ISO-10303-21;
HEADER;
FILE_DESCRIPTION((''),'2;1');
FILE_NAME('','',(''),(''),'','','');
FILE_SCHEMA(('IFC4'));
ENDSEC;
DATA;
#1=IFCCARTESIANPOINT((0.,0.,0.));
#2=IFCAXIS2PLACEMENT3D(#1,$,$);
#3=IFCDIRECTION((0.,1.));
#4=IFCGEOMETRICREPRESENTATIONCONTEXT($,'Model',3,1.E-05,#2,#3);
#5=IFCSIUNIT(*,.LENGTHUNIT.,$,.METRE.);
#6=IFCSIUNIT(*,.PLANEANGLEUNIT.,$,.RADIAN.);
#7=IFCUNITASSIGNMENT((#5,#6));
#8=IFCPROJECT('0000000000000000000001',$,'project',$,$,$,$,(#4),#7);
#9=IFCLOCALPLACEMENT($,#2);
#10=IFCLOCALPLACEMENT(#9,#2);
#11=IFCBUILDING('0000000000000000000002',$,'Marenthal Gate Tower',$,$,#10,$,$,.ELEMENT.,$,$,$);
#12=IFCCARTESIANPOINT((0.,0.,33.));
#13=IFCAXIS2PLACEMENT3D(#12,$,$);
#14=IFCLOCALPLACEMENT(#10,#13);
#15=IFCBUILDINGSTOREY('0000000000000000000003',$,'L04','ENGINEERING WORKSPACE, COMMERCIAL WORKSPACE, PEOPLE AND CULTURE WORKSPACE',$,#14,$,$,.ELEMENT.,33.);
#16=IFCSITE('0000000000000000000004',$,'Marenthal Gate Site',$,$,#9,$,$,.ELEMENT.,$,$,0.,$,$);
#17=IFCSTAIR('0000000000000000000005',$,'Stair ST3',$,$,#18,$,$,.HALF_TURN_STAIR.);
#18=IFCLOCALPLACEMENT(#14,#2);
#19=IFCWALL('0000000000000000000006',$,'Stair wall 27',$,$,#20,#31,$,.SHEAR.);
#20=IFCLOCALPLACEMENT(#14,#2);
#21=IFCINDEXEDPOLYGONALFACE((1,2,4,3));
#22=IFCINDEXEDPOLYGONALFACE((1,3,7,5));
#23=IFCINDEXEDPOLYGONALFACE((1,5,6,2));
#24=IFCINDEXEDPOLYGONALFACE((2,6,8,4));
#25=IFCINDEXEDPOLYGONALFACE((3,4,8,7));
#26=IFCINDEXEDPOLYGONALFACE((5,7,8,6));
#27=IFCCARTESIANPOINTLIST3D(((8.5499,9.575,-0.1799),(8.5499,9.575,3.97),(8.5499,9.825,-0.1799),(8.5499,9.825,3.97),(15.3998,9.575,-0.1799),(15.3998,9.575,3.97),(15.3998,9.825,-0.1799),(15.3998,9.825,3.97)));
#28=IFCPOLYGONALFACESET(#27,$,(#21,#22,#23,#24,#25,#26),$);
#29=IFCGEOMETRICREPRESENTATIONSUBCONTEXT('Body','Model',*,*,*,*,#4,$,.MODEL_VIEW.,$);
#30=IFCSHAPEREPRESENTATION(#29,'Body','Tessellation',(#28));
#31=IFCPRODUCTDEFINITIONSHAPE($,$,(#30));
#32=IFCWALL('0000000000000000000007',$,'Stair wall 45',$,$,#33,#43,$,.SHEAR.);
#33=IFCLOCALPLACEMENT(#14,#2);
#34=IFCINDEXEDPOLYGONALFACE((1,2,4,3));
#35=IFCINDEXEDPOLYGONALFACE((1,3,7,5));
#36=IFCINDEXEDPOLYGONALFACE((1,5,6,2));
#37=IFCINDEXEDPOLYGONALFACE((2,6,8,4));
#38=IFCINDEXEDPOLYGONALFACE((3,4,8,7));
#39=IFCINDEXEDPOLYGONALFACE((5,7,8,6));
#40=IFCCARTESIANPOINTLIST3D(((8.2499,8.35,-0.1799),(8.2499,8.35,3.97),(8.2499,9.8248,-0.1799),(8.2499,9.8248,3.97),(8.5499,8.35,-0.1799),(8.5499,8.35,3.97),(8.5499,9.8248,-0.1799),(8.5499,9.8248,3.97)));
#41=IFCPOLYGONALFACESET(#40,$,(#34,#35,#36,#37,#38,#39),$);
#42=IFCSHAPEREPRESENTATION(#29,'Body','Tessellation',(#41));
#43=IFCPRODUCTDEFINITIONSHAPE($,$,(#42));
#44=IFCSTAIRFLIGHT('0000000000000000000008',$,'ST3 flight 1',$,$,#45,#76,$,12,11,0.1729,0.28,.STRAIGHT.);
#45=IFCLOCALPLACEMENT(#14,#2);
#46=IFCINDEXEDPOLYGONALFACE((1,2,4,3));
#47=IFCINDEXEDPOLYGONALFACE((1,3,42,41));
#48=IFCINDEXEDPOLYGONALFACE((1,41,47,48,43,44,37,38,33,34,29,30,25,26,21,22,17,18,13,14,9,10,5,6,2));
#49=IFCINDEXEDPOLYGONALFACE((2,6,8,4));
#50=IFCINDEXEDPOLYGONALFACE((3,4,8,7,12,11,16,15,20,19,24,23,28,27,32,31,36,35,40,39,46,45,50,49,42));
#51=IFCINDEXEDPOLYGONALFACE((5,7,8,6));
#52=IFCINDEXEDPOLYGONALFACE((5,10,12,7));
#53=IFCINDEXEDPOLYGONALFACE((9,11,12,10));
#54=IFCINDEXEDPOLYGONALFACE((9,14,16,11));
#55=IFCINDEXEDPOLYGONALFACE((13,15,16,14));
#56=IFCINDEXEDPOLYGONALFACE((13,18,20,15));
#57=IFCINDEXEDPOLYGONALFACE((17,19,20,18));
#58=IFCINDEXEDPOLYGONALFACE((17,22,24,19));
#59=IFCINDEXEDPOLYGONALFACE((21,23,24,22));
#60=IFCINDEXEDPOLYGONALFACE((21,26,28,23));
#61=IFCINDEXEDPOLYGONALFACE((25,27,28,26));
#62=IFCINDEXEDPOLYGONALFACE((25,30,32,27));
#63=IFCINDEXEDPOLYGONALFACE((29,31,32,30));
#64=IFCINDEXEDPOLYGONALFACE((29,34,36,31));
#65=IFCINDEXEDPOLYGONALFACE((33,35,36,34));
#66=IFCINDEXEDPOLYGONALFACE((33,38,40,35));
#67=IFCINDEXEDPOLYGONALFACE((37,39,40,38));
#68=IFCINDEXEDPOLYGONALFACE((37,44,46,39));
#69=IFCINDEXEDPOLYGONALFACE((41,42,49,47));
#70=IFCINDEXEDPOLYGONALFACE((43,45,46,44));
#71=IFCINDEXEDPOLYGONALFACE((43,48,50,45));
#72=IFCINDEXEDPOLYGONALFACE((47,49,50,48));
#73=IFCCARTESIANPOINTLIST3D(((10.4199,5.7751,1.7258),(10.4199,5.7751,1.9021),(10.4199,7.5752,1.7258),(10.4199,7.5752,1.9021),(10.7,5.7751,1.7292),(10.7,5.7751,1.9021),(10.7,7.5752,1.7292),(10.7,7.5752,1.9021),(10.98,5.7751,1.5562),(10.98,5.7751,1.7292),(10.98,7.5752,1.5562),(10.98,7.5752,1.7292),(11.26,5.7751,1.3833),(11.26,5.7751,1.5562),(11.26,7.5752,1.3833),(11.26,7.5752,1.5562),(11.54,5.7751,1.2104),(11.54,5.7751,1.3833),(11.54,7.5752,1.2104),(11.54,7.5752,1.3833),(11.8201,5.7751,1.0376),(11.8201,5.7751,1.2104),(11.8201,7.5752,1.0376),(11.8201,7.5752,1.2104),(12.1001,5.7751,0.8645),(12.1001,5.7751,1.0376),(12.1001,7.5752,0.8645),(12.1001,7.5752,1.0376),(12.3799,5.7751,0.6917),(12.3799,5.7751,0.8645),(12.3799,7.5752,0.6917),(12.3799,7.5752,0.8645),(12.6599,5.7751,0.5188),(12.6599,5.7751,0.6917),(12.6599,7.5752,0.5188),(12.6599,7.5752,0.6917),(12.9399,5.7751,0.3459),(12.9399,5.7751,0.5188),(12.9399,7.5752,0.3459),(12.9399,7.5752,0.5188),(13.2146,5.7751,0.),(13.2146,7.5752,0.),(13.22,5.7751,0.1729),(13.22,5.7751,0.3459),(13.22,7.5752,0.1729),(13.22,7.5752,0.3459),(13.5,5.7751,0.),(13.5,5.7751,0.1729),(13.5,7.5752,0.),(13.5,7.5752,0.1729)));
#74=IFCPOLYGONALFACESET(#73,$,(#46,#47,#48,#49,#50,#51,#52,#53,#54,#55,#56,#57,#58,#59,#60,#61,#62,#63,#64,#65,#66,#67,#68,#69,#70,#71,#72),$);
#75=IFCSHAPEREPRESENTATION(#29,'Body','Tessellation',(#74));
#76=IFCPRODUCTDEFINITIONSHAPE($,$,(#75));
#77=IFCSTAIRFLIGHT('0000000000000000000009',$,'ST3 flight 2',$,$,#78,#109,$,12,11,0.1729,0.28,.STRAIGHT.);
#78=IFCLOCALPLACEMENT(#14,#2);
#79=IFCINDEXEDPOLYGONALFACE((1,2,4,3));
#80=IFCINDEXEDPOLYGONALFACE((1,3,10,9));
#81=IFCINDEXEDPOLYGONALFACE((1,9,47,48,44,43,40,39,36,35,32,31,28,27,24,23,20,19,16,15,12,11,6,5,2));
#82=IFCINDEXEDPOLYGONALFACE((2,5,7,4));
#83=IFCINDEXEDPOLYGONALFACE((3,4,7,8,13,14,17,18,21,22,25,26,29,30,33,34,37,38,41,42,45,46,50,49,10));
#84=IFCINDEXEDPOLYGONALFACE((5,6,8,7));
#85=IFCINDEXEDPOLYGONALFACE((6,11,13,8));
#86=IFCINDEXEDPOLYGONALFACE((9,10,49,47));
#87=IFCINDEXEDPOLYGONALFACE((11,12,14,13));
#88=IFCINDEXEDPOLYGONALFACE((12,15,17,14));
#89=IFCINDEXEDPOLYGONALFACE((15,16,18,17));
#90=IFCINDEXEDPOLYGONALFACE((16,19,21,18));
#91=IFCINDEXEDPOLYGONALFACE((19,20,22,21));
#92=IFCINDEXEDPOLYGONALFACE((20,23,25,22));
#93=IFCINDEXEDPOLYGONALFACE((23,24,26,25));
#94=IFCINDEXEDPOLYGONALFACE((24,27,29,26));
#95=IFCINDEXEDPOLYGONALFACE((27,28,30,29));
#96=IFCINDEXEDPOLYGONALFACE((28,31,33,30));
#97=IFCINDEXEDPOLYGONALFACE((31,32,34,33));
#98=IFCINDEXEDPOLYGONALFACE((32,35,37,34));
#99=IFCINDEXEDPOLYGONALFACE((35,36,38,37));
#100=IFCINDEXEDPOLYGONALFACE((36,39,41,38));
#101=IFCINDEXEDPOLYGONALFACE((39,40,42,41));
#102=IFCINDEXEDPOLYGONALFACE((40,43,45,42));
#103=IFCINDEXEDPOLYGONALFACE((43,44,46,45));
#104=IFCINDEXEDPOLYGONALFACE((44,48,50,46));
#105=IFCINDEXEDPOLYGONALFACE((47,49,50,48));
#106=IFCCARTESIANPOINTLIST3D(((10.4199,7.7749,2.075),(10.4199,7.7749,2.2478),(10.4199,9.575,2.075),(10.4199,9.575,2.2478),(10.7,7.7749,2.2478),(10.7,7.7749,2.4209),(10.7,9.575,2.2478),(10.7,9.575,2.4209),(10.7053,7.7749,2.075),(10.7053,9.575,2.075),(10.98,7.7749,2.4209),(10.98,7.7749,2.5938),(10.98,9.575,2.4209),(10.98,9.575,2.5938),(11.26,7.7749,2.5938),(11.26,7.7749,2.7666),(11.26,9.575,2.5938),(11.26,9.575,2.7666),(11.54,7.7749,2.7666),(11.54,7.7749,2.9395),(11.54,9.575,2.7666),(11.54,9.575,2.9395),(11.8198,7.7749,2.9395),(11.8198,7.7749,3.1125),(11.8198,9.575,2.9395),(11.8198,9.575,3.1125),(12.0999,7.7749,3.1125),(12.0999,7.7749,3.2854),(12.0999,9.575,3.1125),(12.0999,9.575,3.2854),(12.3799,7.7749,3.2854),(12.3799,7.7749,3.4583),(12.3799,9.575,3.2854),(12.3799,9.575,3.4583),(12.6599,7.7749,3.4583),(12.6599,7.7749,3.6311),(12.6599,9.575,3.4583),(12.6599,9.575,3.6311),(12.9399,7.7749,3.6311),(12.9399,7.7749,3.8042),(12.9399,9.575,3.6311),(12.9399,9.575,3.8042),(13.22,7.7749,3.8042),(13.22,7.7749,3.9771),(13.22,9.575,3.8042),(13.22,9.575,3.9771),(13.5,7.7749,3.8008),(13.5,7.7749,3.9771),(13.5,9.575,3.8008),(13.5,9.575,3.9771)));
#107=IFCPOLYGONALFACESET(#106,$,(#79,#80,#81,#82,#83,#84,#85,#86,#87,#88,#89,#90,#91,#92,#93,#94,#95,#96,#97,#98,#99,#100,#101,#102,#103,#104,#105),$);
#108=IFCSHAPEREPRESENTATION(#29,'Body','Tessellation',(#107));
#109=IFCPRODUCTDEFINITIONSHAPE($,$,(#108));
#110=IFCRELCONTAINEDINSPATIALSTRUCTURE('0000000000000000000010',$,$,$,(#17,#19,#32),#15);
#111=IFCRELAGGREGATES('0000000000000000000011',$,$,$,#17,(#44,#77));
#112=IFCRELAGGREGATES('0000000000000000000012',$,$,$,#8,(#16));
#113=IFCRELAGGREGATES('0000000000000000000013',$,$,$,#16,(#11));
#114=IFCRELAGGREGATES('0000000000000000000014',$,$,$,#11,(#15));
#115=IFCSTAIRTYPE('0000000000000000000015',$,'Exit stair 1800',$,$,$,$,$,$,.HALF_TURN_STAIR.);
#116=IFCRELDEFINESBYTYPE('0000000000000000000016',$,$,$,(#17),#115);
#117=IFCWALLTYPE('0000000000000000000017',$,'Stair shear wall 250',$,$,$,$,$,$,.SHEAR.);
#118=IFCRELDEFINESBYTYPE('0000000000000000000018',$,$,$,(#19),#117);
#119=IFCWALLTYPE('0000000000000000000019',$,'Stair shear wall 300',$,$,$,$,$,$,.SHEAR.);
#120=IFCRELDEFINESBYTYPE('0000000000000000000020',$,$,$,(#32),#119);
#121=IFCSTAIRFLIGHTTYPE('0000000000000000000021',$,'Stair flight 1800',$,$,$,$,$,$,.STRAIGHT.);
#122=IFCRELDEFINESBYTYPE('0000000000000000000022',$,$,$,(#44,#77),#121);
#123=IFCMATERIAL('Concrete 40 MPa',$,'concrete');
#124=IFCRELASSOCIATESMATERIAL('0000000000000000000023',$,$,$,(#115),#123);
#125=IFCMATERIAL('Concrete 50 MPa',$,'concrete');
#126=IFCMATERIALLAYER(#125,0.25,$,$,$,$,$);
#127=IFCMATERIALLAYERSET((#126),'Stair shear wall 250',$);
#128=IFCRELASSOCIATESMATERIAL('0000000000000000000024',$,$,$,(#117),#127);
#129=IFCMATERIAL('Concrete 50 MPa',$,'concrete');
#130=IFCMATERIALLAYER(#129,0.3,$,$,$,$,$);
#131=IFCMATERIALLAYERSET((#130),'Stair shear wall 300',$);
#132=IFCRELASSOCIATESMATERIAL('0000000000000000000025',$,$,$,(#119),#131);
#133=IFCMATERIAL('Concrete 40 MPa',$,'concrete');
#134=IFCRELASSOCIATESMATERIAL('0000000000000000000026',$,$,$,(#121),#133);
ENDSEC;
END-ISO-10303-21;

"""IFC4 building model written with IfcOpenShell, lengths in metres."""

from ifc_helpers import new_model, si_unit, direction, frame, frame_2d, origin, place, context, subcontext, project, spatial, polyline, rectangle, outline, extrude, material, layer, layer_set, type_object, element, aggregate, save


model = new_model("IFC4")

# Units and contexts
model_context = context("Model", 3, precision=1e-05, world=origin(), true_north=direction((0.0, 1.0)))
body_context = subcontext(model_context, "Body", "Model", "MODEL_VIEW")
ifc_project = project(units=[si_unit("LENGTHUNIT", "METRE"), si_unit("PLANEANGLEUNIT", "RADIAN")], contexts=[model_context])

# Site, building, storey
site_placement = place(None, origin())
site = spatial("IfcSite", under=ifc_project, at=site_placement, Name="Marenthal Gate Site", CompositionType="ELEMENT", RefElevation=0.0)
building_placement = place(site_placement, origin())
building = spatial("IfcBuilding", under=site, at=building_placement, Name="Marenthal Gate Tower", CompositionType="ELEMENT")
storey_placement = place(building_placement, frame((0.0, 0.0, 33.0)))
storey = spatial("IfcBuildingStorey", under=building, at=storey_placement, Name="L04", Description="ENGINEERING WORKSPACE, COMMERCIAL WORKSPACE, PEOPLE AND CULTURE WORKSPACE", CompositionType="ELEMENT", Elevation=33.0)

# Stair
ifc_material_1 = material(Name="Concrete 40 MPa", Category="concrete")
stair_type = type_object("IfcStairType", Name="Exit stair 1800", PredefinedType="HALF_TURN_STAIR", material=ifc_material_1)
stair_1_placement = place(storey_placement, origin())
stair_1 = element("IfcStair", 1, at=stair_1_placement, inside=storey, type_object=stair_type, Name="Stair ST3", PredefinedType="HALF_TURN_STAIR")

# Shared definitions
ifc_material_2 = material(Name="Concrete 50 MPa", Category="concrete")
ifc_layer_1 = layer(ifc_material_2, 0.25)
ifc_layer_set_1 = layer_set([ifc_layer_1], Name="Stair shear wall 250")
wall_type_1 = type_object("IfcWallType", Name="Stair shear wall 250", PredefinedType="SHEAR", material=ifc_layer_set_1)

# Walls
wall_1_placement = place(storey_placement, frame((8.55, 9.7, -0.1799), z_axis=(0.0, 0.0, 1.0), x_axis=(1.0, 0.0, 0.0)))
element("IfcWall", 2, at=wall_1_placement, inside=storey, type_object=wall_type_1, Name="Stair wall 27", PredefinedType="SHEAR", context=body_context, shape_type="SweptSolid", body=[
    extrude(rectangle(XDim=6.8499, YDim=0.25, at=frame_2d((3.4248, 0.0))), origin(), (0.0, 0.0, 1.0), 4.1499),
])
ifc_material_3 = material(Name="Concrete 50 MPa", Category="concrete")
ifc_layer_2 = layer(ifc_material_3, 0.3)
ifc_layer_set_2 = layer_set([ifc_layer_2], Name="Stair shear wall 300")
wall_type_2 = type_object("IfcWallType", Name="Stair shear wall 300", PredefinedType="SHEAR", material=ifc_layer_set_2)
wall_2_placement = place(storey_placement, frame((8.3999, 8.3501, -0.1799), z_axis=(0.0, 0.0, 1.0), x_axis=(0.0, 1.0, 0.0)))
element("IfcWall", 3, at=wall_2_placement, inside=storey, type_object=wall_type_2, Name="Stair wall 45", PredefinedType="SHEAR", context=body_context, shape_type="SweptSolid", body=[
    extrude(rectangle(XDim=1.4749, YDim=0.3, at=frame_2d((0.7373, 0.0))), origin(), (0.0, 0.0, 1.0), 4.1499),
])

# Stair flights
ifc_material_4 = material(Name="Concrete 40 MPa", Category="concrete")
stair_flight_type = type_object("IfcStairFlightType", Name="Stair flight 1800", PredefinedType="STRAIGHT", material=ifc_material_4)
stair_flight_1_placement = place(storey_placement, frame((13.5, 6.675, 0.0), z_axis=(0.0, 0.0, 1.0), x_axis=(-1.0, 0.0, 0.0)))
stair_flight_1 = element("IfcStairFlight", 4, at=stair_flight_1_placement, type_object=stair_flight_type, Name="ST3 flight 1", NumberOfRisers=12, NumberOfTreads=11, PredefinedType="STRAIGHT", RiserHeight=0.1729, TreadLength=0.28, context=body_context, shape_type="SweptSolid", body=[
    extrude(outline(polyline([(0.0, 0.0), (0.0, 0.1729), (0.28, 0.1729), (0.28, 0.3459), (0.5601, 0.3459), (0.5601, 0.5188), (0.8401, 0.5188), (0.8401, 0.6917), (1.1201, 0.6917), (1.1201, 0.8645), (1.3999, 0.8645), (1.3999, 1.0376), (1.6799, 1.0376), (1.6799, 1.2104), (1.96, 1.2104), (1.96, 1.3833), (2.24, 1.3833), (2.24, 1.5562), (2.52, 1.5562), (2.52, 1.7292), (2.8, 1.7292), (2.8, 1.9021), (3.0801, 1.9021), (3.0801, 2.075), (3.0801, 1.7258), (0.2854, 0.0), (0.0, 0.0)])), frame((0.0, 0.8999, 0.0), z_axis=(0.0, -1.0, 0.0), x_axis=(1.0, 0.0, 0.0)), (0.0, 0.0, 1.0), 1.8),
])
stair_flight_2_placement = place(storey_placement, frame((10.4199, 8.675, 2.075), z_axis=(0.0, 0.0, 1.0), x_axis=(1.0, 0.0, 0.0)))
stair_flight_2 = element("IfcStairFlight", 5, at=stair_flight_2_placement, type_object=stair_flight_type, Name="ST3 flight 2", NumberOfRisers=12, NumberOfTreads=11, PredefinedType="STRAIGHT", RiserHeight=0.1729, TreadLength=0.28, context=body_context, shape_type="SweptSolid", body=[
    extrude(outline(polyline([(0.0, 0.0), (0.0, 0.1729), (0.28, 0.1729), (0.28, 0.3459), (0.5601, 0.3459), (0.5601, 0.5188), (0.8401, 0.5188), (0.8401, 0.6917), (1.1201, 0.6917), (1.1201, 0.8645), (1.3999, 0.8645), (1.3999, 1.0376), (1.6799, 1.0376), (1.6799, 1.2104), (1.96, 1.2104), (1.96, 1.3833), (2.24, 1.3833), (2.24, 1.5562), (2.52, 1.5562), (2.52, 1.7292), (2.8, 1.7292), (2.8, 1.9021), (3.0801, 1.9021), (3.0801, 2.075), (3.0801, 1.7258), (0.2854, 0.0), (0.0, 0.0)])), frame((0.0, 0.8999, 0.0), z_axis=(0.0, -1.0, 0.0), x_axis=(1.0, 0.0, 0.0)), (0.0, 0.0, 1.0), 1.8),
])
aggregate(stair_1, [stair_flight_1, stair_flight_2])

save(model, "model.ifc")
